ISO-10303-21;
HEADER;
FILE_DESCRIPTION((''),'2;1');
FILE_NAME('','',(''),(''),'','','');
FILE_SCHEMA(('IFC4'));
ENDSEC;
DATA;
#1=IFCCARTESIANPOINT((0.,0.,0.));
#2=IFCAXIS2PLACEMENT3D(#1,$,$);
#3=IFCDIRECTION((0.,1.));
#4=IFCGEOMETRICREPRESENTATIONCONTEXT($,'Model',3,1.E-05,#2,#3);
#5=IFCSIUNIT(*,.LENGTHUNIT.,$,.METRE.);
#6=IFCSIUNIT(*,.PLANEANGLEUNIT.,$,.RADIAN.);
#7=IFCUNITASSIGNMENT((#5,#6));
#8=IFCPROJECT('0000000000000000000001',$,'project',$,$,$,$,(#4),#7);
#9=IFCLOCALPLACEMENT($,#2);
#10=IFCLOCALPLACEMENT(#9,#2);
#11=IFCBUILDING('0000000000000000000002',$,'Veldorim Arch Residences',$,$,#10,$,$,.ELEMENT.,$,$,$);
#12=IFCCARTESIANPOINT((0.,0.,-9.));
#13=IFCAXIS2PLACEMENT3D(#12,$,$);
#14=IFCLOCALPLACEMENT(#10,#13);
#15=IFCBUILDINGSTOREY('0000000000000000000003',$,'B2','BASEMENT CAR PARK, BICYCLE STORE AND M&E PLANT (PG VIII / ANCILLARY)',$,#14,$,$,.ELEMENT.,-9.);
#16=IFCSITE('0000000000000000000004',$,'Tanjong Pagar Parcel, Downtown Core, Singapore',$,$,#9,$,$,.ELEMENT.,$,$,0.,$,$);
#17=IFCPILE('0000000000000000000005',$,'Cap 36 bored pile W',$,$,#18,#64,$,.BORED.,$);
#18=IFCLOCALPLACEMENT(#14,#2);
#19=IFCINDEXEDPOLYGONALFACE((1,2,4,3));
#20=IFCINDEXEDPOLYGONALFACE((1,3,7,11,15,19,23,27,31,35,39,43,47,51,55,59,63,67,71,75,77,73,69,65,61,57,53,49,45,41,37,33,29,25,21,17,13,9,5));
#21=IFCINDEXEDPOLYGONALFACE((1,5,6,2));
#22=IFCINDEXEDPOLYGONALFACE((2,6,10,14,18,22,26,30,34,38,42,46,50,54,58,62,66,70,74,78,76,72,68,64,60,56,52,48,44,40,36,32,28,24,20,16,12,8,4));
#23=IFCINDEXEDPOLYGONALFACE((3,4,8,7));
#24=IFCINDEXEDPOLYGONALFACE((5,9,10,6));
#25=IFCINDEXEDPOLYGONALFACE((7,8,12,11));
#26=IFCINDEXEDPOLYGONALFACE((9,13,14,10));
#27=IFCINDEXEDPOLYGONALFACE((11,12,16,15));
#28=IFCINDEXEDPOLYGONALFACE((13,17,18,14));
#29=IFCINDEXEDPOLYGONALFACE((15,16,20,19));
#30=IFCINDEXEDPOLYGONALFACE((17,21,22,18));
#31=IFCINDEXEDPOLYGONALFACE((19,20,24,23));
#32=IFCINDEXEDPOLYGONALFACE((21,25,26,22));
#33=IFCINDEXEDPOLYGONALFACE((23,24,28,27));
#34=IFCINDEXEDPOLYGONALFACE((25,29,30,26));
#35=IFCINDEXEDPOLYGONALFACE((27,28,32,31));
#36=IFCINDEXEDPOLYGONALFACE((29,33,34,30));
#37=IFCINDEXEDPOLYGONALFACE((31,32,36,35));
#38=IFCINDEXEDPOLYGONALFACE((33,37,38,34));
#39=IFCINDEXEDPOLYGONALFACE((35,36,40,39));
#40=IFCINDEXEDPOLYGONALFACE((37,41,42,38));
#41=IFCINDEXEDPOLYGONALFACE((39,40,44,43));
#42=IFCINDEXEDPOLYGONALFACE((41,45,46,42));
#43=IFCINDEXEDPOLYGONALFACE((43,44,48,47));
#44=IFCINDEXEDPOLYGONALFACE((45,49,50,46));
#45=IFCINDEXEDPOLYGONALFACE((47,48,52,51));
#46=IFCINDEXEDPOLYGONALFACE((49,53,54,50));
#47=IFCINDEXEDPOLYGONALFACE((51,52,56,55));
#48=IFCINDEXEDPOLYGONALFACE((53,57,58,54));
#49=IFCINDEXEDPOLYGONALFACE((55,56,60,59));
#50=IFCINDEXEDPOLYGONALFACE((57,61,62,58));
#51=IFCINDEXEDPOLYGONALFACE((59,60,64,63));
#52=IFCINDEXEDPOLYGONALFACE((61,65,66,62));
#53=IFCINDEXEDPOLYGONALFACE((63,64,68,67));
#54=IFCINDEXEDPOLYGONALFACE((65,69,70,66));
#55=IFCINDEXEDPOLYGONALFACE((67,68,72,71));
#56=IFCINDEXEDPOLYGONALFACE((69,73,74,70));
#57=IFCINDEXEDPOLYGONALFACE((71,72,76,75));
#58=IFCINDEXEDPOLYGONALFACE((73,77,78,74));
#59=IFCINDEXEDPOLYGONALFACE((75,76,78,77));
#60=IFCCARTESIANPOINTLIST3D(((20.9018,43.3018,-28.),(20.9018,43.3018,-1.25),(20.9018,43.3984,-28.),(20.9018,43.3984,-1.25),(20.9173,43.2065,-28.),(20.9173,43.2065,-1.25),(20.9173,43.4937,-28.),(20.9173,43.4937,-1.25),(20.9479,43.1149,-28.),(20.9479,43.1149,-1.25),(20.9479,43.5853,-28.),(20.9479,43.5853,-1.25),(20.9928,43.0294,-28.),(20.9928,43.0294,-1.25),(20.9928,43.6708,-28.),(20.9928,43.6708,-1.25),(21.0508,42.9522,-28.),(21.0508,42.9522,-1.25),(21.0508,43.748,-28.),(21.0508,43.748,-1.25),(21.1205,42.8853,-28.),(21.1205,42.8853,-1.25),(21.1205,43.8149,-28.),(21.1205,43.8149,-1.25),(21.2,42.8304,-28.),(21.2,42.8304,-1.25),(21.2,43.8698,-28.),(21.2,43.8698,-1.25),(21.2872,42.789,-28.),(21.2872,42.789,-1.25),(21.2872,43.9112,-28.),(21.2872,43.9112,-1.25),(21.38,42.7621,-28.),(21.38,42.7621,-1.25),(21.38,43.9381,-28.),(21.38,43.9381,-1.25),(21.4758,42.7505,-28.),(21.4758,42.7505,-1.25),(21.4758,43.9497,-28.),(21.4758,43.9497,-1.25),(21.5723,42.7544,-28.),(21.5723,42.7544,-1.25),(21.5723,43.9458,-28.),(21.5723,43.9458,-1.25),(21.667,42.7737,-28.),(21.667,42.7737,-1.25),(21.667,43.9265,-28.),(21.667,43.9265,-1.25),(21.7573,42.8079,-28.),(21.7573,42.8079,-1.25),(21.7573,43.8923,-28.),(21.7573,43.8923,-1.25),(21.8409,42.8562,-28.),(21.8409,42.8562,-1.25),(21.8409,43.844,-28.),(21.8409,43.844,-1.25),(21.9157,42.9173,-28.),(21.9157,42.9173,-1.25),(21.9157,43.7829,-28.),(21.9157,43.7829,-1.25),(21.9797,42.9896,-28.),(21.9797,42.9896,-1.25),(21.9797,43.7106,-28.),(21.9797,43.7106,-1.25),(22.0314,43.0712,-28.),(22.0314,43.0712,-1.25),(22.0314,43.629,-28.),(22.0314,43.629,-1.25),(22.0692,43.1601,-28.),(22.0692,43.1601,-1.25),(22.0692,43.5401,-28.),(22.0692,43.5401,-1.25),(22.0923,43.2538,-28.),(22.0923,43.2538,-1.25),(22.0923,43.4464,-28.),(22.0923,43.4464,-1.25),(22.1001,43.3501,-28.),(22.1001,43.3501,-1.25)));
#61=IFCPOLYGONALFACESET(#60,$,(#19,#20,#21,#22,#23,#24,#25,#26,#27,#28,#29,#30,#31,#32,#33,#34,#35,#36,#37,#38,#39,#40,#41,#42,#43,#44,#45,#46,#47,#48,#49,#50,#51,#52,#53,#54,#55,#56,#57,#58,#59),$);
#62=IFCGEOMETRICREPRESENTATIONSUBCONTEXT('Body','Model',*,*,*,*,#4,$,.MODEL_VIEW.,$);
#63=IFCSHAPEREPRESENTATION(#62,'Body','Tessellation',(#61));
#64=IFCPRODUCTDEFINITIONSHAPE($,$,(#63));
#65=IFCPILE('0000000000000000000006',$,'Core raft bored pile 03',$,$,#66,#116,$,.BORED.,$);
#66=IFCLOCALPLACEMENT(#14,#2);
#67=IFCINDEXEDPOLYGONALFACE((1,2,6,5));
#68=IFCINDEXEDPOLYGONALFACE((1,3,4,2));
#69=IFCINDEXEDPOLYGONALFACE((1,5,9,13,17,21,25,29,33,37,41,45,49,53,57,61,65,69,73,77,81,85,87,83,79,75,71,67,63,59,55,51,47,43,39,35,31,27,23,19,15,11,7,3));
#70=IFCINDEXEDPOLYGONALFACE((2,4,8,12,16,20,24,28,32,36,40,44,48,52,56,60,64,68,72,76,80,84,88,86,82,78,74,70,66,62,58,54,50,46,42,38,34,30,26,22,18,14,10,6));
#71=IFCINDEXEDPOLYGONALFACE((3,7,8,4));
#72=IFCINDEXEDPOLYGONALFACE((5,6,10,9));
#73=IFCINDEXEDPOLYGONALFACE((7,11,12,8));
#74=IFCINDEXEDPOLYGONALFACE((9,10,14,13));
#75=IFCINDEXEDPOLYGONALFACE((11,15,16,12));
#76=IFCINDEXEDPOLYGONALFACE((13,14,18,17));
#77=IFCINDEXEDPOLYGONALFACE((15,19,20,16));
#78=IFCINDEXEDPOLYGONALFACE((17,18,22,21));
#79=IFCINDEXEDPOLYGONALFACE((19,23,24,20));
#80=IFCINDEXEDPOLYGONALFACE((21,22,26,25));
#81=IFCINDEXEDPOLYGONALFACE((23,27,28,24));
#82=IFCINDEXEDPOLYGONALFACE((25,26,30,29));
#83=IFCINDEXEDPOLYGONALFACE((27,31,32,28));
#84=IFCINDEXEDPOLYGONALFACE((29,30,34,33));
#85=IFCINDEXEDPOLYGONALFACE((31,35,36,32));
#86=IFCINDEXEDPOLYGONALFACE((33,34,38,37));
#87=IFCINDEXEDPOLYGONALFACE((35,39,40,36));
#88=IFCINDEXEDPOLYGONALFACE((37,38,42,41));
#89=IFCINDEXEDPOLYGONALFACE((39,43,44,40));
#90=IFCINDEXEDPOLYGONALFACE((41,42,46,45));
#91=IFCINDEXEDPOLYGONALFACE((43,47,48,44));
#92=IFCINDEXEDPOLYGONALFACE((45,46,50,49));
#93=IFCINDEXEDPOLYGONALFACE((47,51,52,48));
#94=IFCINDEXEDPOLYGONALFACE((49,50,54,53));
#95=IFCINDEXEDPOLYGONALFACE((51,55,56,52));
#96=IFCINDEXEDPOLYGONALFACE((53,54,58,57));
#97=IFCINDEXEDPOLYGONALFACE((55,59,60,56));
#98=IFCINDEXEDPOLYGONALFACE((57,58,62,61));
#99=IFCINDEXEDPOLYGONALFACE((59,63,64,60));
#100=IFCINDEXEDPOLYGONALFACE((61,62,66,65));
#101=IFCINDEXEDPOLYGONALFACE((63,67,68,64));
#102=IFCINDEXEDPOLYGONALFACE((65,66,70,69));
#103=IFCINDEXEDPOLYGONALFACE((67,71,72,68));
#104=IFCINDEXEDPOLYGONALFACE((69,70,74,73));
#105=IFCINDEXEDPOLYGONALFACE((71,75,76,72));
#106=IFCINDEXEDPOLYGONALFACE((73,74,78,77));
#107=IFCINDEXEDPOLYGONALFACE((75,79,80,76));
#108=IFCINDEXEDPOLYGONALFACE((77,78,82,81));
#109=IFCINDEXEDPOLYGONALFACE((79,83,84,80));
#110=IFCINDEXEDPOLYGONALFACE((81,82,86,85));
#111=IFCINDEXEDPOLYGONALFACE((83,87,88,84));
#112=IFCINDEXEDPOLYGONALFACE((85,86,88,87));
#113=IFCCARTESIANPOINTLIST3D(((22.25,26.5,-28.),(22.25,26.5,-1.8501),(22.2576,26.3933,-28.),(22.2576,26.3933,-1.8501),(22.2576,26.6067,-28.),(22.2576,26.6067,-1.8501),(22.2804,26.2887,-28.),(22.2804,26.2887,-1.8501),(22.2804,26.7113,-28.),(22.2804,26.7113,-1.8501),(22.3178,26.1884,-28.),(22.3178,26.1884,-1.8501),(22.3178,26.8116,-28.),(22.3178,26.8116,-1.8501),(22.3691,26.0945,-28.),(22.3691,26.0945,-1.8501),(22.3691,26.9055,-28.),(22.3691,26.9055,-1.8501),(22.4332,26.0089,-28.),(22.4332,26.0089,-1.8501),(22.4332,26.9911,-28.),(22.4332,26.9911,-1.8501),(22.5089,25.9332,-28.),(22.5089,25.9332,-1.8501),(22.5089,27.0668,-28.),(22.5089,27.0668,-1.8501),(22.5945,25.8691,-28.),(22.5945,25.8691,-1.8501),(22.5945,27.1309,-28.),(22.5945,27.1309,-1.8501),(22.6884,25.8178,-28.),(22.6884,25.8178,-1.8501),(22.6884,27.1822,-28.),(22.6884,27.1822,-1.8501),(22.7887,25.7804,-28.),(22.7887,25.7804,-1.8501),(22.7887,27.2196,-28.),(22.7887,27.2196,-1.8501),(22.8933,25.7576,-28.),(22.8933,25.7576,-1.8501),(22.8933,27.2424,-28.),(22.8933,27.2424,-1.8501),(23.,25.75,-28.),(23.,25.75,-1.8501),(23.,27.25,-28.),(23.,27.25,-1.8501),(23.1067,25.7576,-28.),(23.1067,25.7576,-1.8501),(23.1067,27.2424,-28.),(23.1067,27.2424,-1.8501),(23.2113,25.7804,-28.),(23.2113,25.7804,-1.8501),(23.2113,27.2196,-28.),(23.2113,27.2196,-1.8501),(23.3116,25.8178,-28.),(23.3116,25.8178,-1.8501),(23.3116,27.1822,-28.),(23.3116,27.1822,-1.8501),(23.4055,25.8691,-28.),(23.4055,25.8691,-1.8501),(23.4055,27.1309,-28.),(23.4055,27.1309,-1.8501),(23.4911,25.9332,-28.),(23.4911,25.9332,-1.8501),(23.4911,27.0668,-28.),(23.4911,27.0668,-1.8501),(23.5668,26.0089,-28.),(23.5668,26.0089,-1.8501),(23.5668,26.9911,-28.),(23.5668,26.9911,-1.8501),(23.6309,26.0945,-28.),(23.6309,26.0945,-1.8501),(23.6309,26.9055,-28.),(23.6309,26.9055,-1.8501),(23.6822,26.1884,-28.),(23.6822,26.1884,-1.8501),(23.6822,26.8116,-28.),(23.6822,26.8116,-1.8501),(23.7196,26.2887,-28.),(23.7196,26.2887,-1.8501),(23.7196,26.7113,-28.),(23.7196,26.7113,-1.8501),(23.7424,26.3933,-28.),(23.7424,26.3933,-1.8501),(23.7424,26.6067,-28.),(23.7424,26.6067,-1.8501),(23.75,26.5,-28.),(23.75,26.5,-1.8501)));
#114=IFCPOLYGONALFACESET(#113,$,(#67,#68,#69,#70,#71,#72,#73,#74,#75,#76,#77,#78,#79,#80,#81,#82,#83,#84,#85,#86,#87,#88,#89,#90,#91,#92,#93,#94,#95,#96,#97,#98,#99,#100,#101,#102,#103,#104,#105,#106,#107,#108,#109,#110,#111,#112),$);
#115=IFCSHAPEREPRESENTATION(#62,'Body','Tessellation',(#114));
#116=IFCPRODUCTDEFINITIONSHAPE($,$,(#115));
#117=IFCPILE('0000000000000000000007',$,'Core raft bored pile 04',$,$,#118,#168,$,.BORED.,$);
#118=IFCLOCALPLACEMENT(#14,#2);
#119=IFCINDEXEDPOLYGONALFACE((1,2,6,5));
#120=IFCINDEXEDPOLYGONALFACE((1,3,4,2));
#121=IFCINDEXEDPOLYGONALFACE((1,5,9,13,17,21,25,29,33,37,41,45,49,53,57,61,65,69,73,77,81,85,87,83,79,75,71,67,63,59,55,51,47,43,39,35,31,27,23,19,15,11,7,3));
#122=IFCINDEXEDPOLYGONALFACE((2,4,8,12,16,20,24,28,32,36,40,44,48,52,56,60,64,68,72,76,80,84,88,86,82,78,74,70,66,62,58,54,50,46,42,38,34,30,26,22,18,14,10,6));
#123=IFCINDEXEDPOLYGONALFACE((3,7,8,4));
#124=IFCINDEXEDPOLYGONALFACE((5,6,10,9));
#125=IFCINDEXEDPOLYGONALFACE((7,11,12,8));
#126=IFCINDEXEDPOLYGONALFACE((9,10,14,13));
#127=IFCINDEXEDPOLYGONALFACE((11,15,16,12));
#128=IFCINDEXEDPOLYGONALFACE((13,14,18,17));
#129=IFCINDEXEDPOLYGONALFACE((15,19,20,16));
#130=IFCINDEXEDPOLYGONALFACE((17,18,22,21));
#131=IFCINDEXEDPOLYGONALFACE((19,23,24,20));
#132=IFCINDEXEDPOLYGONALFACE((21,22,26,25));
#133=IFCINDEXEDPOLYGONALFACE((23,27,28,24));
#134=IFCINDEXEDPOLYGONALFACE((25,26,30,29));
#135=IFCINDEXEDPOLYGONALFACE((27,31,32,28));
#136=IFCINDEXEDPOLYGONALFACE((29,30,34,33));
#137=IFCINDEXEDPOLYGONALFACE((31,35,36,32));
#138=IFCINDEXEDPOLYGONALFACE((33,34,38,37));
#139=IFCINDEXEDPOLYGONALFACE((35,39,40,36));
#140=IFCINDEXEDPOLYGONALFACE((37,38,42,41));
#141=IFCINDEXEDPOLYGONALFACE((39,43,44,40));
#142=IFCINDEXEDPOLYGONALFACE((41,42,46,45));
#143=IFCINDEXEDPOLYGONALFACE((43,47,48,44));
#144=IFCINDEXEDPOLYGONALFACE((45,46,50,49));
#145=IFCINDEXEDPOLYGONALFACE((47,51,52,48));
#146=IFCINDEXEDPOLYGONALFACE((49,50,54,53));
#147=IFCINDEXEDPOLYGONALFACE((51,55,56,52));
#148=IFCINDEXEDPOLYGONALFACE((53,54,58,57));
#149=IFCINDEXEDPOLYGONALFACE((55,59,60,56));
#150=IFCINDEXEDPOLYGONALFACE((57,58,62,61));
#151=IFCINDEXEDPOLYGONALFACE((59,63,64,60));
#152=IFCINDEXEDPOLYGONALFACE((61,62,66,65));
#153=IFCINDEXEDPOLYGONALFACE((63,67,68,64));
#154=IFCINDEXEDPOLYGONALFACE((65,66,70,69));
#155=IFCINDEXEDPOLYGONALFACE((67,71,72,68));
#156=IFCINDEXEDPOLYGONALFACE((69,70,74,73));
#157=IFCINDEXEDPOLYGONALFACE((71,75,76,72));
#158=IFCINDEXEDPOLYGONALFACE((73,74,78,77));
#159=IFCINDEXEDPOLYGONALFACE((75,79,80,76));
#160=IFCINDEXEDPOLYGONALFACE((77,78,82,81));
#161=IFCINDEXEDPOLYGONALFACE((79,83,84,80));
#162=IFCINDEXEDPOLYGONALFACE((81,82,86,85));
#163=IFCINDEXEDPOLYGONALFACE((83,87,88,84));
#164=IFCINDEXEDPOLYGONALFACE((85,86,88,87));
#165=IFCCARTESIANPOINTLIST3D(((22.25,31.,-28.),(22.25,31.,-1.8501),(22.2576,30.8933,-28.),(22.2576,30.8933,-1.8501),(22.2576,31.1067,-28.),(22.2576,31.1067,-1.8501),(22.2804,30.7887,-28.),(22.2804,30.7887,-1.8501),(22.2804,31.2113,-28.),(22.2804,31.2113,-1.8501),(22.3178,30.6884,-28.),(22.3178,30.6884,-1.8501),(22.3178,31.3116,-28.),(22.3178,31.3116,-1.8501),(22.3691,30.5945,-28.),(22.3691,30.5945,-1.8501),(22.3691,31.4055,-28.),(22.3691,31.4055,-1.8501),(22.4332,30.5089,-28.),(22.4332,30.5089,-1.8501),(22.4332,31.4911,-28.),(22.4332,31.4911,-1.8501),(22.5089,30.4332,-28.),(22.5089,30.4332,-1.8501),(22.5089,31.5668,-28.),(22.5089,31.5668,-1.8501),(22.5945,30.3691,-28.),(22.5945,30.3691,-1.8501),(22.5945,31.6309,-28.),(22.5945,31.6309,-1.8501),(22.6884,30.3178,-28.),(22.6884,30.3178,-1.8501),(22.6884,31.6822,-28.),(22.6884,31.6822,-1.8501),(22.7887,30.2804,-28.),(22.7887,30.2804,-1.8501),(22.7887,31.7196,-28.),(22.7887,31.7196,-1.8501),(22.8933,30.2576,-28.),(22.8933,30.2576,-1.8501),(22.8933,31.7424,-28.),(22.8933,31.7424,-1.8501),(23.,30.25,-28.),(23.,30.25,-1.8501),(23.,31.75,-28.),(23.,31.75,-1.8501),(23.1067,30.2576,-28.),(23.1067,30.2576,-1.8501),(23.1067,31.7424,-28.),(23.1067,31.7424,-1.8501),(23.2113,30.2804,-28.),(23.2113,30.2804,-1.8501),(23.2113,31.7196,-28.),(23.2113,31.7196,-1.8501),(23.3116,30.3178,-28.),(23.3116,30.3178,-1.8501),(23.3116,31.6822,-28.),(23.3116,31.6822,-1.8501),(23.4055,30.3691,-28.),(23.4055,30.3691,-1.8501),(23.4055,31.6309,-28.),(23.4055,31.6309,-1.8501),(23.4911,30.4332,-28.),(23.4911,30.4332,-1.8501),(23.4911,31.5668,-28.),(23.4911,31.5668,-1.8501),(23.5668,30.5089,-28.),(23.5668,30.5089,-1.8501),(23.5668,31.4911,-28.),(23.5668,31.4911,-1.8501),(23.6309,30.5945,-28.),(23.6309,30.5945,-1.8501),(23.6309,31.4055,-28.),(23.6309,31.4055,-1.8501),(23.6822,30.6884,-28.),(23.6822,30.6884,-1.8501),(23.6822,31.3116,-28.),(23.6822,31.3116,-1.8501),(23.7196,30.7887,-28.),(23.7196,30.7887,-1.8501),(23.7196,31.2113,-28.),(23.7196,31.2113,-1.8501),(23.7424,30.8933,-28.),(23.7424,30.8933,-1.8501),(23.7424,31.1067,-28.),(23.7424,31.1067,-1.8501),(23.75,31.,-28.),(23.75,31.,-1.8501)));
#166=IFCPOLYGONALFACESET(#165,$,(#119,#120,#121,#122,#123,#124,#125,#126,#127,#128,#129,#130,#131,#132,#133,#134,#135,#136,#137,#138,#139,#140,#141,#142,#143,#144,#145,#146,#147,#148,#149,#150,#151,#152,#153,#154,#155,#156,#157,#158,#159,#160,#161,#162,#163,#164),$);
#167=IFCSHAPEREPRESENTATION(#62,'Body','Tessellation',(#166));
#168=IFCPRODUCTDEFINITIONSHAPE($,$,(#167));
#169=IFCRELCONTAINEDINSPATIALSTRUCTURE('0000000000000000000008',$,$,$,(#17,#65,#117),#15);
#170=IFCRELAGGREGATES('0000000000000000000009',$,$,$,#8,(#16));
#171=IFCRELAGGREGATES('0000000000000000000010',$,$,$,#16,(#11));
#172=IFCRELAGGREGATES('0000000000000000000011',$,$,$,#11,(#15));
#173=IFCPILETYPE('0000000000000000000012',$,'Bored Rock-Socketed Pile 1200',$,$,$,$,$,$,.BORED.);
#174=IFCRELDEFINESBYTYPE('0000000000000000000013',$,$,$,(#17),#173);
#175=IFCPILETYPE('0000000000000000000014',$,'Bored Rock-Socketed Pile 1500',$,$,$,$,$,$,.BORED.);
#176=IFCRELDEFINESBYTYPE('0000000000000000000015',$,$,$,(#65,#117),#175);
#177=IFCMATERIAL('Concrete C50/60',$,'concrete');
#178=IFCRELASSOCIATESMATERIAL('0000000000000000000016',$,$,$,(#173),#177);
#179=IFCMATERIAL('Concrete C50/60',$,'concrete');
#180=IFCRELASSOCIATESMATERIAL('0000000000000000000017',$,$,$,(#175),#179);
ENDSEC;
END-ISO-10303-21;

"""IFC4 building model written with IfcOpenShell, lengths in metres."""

from ifc_helpers import new_model, si_unit, direction, frame, origin, origin_2d, place, context, subcontext, project, spatial, circle, extrude, material, material_profile, profile_set, type_object, element, save


model = new_model("IFC4")

# Units and contexts
model_context = context("Model", 3, precision=1e-05, world=origin(), true_north=direction((0.0, 1.0)))
body_context = subcontext(model_context, "Body", "Model", "MODEL_VIEW")
ifc_project = project(units=[si_unit("LENGTHUNIT", "METRE"), si_unit("PLANEANGLEUNIT", "RADIAN")], contexts=[model_context])

# Site, building, storey
site_placement = place(None, origin())
site = spatial("IfcSite", under=ifc_project, at=site_placement, Name="Tanjong Pagar Parcel, Downtown Core, Singapore", CompositionType="ELEMENT", RefElevation=0.0)
building_placement = place(site_placement, origin())
building = spatial("IfcBuilding", under=site, at=building_placement, Name="Veldorim Arch Residences", CompositionType="ELEMENT")
storey_placement = place(building_placement, frame((0.0, 0.0, -9.0)))
storey = spatial("IfcBuildingStorey", under=building, at=storey_placement, Name="B2", Description="BASEMENT CAR PARK, BICYCLE STORE AND M&E PLANT (PG VIII / ANCILLARY)", CompositionType="ELEMENT", Elevation=-9.0)

# Piles
ifc_material_1 = material(Name="Concrete C50/60", Category="concrete")
ifc_material_profile_1 = material_profile(ifc_material_1, circle(Radius=0.6001, at=origin_2d()), Name="PILE_1200")
ifc_profile_set_1 = profile_set([ifc_material_profile_1], Name="Concrete C50/60")
pile_type_1 = type_object("IfcPileType", Name="Bored Rock-Socketed Pile 1200", PredefinedType="BORED", material=ifc_profile_set_1)
for number, where, z_axis, x_axis, name in (
    (1, (21.5, 43.3501, -1.25), (0.0, 0.0, -1.0), (1.0, 0.0, 0.0), "Cap 36 bored pile W"),
):
    element("IfcPile", number, at=place(storey_placement, frame(where, z_axis=z_axis, x_axis=x_axis)), inside=storey, type_object=pile_type_1, Name=name, PredefinedType="BORED", context=body_context, shape_type="SweptSolid", body=[
        extrude(circle(Radius=0.6001, at=origin_2d()), origin(), (0.0, 0.0, 1.0), 26.75),
    ])
ifc_material_2 = material(Name="Concrete C50/60", Category="concrete")
ifc_material_profile_2 = material_profile(ifc_material_2, circle(Radius=0.75, at=origin_2d()), Name="PILE_1500")
ifc_profile_set_2 = profile_set([ifc_material_profile_2], Name="Concrete C50/60")
pile_type_2 = type_object("IfcPileType", Name="Bored Rock-Socketed Pile 1500", PredefinedType="BORED", material=ifc_profile_set_2)
for number, where, z_axis, x_axis, name in (
    (2, (23.0, 26.5, -1.8501), (0.0, 0.0, -1.0), (1.0, 0.0, 0.0), "Core raft bored pile 03"),
    (3, (23.0, 31.0, -1.8501), (0.0, 0.0, -1.0), (1.0, 0.0, 0.0), "Core raft bored pile 04"),
):
    element("IfcPile", number, at=place(storey_placement, frame(where, z_axis=z_axis, x_axis=x_axis)), inside=storey, type_object=pile_type_2, Name=name, PredefinedType="BORED", context=body_context, shape_type="SweptSolid", body=[
        extrude(circle(Radius=0.75, at=origin_2d()), origin(), (0.0, 0.0, 1.0), 26.1499),
    ])

save(model, "model.ifc")
